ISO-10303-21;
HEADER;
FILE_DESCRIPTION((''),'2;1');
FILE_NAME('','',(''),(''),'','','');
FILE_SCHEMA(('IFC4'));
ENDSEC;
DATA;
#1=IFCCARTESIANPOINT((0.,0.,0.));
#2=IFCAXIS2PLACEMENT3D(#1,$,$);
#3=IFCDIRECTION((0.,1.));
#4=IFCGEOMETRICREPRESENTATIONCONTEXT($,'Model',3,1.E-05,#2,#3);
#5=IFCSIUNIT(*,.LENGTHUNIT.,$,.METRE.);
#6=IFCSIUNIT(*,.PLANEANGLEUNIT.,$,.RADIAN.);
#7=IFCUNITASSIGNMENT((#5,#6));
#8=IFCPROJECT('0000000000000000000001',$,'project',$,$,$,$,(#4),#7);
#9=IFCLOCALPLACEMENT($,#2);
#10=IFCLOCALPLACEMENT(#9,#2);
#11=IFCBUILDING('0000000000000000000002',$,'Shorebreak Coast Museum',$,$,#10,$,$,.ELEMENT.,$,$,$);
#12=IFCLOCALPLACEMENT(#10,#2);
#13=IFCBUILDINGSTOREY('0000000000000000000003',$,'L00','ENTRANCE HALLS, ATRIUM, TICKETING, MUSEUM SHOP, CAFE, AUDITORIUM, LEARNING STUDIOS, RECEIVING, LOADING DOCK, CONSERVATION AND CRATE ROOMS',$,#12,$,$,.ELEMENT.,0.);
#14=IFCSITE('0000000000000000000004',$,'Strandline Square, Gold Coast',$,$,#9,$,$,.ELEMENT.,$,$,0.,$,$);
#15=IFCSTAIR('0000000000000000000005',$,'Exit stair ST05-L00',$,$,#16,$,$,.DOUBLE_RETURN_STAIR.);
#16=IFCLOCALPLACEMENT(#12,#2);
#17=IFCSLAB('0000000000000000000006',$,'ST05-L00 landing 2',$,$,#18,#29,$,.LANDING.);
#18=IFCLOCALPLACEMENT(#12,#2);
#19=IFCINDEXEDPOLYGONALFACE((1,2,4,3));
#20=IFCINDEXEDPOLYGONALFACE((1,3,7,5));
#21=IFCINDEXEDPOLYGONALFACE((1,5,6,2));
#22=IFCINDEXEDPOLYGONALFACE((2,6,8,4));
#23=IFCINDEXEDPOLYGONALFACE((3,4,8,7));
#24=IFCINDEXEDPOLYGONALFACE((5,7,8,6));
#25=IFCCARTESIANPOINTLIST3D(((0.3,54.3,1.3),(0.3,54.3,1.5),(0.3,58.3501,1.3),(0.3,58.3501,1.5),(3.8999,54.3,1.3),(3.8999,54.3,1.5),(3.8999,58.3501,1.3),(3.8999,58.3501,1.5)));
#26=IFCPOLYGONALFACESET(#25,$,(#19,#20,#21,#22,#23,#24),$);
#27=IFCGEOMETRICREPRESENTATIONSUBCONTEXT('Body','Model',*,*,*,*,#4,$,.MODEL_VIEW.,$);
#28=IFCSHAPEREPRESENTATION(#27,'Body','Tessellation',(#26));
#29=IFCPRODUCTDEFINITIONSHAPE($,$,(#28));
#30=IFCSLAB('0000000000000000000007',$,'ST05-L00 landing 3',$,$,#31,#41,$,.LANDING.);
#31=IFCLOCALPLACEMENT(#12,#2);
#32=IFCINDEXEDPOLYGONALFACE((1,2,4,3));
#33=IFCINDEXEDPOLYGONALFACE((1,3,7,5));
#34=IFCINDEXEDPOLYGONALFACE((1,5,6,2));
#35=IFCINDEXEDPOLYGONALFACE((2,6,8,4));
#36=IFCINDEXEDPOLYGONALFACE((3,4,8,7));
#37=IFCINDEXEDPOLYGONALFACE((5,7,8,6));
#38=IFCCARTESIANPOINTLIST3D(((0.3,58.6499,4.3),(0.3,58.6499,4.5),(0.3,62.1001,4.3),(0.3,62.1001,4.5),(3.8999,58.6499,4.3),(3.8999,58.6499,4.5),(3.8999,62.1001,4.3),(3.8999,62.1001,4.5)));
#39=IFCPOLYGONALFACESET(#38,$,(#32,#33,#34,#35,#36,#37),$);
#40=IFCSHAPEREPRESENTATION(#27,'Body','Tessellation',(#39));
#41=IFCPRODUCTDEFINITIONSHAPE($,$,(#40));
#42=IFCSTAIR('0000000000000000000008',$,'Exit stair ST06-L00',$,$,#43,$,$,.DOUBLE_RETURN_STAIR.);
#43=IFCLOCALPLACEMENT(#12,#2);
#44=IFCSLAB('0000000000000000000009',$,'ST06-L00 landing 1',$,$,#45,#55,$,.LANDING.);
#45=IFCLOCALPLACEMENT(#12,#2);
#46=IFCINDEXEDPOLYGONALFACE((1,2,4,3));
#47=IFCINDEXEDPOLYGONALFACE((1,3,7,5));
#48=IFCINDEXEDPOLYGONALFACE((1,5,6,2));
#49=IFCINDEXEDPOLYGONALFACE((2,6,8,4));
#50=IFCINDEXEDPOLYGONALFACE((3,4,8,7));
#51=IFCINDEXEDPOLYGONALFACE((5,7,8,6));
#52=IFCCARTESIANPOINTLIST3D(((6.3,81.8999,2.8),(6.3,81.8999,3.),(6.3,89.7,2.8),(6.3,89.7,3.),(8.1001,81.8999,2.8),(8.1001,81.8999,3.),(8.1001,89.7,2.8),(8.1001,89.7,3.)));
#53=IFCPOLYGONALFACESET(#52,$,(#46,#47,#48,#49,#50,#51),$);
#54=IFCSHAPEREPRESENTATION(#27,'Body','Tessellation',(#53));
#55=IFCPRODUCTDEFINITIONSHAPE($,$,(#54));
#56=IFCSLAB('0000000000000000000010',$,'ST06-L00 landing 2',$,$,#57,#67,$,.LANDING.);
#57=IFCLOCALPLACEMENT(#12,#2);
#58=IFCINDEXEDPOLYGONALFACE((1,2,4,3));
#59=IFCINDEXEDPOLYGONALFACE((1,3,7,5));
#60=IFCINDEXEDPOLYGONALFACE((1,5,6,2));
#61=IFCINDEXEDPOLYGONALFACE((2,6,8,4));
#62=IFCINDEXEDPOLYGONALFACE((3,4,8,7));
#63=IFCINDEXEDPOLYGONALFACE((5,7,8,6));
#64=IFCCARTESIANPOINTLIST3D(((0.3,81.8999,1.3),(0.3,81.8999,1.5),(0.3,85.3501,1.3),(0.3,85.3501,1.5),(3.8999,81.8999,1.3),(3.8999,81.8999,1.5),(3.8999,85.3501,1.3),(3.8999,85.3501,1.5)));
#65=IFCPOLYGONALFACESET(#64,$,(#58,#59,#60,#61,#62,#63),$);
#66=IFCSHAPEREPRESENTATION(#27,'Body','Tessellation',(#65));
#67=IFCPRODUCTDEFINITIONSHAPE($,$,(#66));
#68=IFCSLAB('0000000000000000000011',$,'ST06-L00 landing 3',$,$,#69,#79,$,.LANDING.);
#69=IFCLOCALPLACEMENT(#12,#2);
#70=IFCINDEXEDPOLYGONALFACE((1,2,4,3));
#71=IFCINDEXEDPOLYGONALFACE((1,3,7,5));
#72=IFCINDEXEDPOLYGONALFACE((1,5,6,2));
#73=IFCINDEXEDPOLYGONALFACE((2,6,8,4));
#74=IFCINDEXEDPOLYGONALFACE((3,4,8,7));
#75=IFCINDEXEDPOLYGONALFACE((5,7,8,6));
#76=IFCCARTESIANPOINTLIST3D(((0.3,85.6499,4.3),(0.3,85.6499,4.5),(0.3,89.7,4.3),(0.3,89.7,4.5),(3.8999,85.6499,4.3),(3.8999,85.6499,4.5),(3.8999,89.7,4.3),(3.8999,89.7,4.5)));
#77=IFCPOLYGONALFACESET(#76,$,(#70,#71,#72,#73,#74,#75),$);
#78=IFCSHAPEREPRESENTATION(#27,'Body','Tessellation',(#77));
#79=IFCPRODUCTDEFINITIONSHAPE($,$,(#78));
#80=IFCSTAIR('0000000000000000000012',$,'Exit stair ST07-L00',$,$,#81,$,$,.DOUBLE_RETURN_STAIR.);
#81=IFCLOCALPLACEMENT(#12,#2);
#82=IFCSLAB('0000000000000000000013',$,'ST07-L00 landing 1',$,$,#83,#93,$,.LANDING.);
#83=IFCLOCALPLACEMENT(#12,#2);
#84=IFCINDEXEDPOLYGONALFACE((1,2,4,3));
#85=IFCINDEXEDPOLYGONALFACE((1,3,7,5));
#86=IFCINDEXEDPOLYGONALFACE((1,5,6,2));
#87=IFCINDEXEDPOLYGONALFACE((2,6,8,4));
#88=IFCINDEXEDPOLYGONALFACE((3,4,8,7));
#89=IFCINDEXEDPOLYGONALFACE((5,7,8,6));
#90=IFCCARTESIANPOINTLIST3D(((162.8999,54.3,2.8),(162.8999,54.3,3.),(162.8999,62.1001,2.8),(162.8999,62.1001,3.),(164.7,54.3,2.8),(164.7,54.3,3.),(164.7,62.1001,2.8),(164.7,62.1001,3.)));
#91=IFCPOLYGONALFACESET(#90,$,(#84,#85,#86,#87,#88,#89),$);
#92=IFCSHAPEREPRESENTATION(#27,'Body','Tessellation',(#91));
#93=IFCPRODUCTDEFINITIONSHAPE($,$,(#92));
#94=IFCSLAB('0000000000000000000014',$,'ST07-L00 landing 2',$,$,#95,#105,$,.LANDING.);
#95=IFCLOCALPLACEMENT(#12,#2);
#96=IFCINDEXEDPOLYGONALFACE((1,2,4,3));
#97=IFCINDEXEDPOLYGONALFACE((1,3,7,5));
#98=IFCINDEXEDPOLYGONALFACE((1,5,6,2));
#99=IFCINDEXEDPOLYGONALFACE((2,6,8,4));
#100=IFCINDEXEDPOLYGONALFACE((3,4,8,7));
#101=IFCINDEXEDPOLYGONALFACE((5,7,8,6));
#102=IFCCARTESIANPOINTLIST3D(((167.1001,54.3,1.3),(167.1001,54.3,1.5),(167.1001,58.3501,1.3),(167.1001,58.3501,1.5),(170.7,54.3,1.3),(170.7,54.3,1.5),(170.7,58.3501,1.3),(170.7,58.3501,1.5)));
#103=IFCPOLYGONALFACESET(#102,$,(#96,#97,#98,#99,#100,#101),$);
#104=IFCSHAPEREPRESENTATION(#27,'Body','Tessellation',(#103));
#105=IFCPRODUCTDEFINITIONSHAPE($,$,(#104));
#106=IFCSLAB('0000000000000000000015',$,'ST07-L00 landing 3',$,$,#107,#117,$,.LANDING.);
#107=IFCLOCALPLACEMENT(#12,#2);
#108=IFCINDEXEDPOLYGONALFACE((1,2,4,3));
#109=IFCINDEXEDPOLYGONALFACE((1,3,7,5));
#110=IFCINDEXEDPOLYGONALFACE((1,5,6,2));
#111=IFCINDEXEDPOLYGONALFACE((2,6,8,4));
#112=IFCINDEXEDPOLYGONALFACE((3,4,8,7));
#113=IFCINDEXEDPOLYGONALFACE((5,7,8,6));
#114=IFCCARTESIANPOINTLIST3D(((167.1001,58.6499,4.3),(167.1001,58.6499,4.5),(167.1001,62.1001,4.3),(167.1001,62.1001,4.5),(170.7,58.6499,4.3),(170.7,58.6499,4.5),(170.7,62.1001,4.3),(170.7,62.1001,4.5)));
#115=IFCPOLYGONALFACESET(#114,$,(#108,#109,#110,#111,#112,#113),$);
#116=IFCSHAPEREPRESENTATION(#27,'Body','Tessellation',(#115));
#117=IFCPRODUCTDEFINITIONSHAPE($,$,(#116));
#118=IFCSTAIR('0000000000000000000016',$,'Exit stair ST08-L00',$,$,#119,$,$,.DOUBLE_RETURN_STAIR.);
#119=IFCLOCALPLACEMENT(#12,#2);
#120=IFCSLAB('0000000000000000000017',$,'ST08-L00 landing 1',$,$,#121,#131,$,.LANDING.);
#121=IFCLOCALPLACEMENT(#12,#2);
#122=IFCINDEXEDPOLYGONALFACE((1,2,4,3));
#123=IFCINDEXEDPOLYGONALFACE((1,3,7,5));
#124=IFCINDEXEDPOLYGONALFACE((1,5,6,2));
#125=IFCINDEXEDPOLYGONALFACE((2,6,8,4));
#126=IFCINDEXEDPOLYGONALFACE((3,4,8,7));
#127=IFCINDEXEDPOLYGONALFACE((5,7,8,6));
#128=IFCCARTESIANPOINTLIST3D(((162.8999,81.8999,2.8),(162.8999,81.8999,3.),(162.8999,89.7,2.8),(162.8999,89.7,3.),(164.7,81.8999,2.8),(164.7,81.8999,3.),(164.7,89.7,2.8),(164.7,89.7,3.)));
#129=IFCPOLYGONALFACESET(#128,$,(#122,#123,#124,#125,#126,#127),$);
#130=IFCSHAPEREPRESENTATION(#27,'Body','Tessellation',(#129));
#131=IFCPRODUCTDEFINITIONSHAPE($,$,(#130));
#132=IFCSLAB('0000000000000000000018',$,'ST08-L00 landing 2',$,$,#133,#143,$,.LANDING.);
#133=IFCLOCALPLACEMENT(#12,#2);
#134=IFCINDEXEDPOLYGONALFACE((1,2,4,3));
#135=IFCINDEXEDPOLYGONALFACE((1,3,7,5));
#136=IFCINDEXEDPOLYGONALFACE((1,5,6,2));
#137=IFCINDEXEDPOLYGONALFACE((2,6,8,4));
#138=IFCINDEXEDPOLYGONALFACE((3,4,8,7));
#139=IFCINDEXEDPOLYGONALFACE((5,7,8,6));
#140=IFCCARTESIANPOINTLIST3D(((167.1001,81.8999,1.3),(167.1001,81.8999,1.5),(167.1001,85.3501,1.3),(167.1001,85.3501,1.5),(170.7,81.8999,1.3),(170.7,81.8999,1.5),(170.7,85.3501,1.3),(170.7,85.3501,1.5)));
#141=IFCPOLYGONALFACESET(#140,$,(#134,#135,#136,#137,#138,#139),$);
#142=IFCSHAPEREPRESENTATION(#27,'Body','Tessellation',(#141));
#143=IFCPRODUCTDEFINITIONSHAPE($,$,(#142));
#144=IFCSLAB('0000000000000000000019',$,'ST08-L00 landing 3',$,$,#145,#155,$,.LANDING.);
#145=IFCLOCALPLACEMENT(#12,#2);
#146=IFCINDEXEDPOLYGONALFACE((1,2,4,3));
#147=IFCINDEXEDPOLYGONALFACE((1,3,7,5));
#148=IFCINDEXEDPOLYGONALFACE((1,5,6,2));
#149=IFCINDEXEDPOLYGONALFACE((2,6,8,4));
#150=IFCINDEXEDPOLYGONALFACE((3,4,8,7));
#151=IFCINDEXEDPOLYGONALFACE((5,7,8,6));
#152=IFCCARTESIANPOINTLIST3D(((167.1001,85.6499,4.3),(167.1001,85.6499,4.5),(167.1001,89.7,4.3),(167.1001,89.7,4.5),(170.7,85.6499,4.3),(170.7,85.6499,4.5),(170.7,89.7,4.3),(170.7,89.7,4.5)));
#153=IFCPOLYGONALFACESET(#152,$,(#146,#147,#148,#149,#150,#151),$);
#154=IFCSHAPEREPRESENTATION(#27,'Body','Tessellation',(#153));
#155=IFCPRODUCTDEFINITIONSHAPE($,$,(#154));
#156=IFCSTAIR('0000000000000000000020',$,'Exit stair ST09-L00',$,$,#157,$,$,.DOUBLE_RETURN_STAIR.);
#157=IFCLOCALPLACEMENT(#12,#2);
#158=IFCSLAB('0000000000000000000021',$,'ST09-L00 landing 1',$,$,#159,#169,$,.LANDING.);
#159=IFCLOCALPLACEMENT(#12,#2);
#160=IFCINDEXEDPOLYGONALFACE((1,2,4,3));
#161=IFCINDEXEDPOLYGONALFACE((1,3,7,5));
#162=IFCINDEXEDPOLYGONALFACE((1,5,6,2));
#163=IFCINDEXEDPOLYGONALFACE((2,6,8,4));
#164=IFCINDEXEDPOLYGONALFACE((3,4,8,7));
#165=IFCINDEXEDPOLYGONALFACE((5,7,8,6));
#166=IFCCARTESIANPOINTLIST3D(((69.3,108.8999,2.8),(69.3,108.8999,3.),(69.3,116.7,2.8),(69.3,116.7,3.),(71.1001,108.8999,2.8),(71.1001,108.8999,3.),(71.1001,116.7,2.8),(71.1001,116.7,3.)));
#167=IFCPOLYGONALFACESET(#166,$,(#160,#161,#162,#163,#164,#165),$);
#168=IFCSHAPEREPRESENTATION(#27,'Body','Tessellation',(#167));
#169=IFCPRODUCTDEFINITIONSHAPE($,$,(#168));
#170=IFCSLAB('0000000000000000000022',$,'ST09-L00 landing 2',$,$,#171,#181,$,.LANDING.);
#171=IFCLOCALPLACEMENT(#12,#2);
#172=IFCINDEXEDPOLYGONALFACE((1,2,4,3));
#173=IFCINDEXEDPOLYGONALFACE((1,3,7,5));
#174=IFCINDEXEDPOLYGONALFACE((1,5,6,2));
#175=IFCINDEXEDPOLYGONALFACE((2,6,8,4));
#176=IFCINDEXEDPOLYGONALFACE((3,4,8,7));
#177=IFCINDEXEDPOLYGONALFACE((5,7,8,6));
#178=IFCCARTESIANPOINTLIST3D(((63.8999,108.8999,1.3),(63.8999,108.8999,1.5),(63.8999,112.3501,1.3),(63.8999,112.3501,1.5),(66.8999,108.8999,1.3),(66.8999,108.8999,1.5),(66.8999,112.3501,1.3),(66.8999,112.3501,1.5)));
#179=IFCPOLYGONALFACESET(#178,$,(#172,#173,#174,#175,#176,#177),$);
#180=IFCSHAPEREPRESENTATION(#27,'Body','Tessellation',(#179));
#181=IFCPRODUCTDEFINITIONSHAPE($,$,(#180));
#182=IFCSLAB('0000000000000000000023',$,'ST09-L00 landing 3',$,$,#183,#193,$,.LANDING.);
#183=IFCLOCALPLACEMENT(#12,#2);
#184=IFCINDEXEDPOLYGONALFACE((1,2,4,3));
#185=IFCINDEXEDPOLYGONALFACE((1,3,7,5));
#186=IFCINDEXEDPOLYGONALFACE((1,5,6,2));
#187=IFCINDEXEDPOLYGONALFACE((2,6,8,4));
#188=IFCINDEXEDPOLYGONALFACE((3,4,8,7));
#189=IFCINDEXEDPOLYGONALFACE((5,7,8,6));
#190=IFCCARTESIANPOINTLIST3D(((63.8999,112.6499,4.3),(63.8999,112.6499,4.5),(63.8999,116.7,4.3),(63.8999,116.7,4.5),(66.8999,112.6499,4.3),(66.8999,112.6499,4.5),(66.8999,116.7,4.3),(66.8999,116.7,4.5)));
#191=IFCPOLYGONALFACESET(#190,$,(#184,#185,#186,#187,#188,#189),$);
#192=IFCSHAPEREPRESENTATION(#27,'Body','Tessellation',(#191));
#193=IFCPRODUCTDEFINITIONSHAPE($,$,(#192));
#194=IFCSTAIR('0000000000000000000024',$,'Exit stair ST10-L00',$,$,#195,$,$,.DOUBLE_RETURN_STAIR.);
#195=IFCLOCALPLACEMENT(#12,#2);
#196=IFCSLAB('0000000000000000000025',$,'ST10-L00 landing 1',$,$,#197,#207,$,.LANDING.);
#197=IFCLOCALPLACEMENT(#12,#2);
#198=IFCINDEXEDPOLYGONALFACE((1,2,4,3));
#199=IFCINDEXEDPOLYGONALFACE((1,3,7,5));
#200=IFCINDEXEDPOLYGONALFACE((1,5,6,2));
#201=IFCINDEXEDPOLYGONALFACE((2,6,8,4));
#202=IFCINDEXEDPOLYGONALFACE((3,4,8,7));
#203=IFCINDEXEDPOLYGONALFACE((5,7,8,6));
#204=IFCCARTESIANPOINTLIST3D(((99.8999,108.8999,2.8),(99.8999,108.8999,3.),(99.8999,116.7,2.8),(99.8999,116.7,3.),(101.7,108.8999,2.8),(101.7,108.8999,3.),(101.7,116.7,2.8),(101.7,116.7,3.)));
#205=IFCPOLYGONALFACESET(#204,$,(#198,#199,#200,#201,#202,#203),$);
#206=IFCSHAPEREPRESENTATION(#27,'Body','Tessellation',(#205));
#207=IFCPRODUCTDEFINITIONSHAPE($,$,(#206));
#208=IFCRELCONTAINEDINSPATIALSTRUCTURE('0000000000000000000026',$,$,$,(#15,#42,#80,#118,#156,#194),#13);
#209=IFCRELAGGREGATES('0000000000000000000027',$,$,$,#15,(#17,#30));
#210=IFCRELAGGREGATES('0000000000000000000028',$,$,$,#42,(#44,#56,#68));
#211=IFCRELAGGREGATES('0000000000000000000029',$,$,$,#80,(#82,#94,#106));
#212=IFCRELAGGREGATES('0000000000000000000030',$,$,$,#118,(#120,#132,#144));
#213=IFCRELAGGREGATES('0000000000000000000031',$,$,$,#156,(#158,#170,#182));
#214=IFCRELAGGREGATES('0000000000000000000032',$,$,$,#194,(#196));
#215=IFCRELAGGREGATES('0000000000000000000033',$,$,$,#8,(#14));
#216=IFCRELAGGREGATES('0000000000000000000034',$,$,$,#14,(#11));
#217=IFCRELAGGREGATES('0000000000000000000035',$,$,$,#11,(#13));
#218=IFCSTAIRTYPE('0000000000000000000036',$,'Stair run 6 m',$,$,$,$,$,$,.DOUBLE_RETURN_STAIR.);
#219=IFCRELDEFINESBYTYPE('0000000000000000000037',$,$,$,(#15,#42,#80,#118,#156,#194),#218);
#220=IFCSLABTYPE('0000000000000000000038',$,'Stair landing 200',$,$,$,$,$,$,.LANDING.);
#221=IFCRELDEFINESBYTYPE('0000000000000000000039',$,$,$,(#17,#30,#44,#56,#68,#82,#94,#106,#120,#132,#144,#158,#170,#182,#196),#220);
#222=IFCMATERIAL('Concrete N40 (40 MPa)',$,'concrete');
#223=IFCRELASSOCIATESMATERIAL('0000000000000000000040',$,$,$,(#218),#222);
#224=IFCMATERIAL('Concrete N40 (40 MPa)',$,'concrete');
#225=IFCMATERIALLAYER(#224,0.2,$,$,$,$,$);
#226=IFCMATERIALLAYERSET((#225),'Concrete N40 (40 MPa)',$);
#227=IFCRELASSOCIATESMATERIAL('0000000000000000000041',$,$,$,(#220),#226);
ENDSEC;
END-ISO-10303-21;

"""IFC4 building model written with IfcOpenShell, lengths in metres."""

from ifc_helpers import new_model, si_unit, direction, frame, origin, place, context, subcontext, project, spatial, polyline, outline, extrude, material, layer, layer_set, type_object, element, aggregate, save


model = new_model("IFC4")

# Units and contexts
model_context = context("Model", 3, precision=1e-05, world=origin(), true_north=direction((0.0, 1.0)))
body_context = subcontext(model_context, "Body", "Model", "MODEL_VIEW")
ifc_project = project(units=[si_unit("LENGTHUNIT", "METRE"), si_unit("PLANEANGLEUNIT", "RADIAN")], contexts=[model_context])

# Site, building, storey
site_placement = place(None, origin())
site = spatial("IfcSite", under=ifc_project, at=site_placement, Name="Strandline Square, Gold Coast", CompositionType="ELEMENT", RefElevation=0.0)
building_placement = place(site_placement, origin())
building = spatial("IfcBuilding", under=site, at=building_placement, Name="Shorebreak Coast Museum", CompositionType="ELEMENT")
storey_placement = place(building_placement, origin())
storey = spatial("IfcBuildingStorey", under=building, at=storey_placement, Name="L00", Description="ENTRANCE HALLS, ATRIUM, TICKETING, MUSEUM SHOP, CAFE, AUDITORIUM, LEARNING STUDIOS, RECEIVING, LOADING DOCK, CONSERVATION AND CRATE ROOMS", CompositionType="ELEMENT", Elevation=0.0)

# Stairs, slabs
ifc_material_1 = material(Name="Concrete N40 (40 MPa)", Category="concrete")
stair_type = type_object("IfcStairType", Name="Stair run 6 m", PredefinedType="DOUBLE_RETURN_STAIR", material=ifc_material_1)
stair_1_placement = place(storey_placement, origin())
stair_1 = element("IfcStair", 1, at=stair_1_placement, inside=storey, type_object=stair_type, Name="Exit stair ST05-L00", PredefinedType="DOUBLE_RETURN_STAIR")
ifc_material_2 = material(Name="Concrete N40 (40 MPa)", Category="concrete")
ifc_layer = layer(ifc_material_2, 0.2)
ifc_layer_set = layer_set([ifc_layer], Name="Concrete N40 (40 MPa)")
slab_type = type_object("IfcSlabType", Name="Stair landing 200", PredefinedType="LANDING", material=ifc_layer_set)
slab_1_placement = place(storey_placement, frame((0.0, 0.0, 1.3)))
slab_1 = element("IfcSlab", 2, at=slab_1_placement, type_object=slab_type, Name="ST05-L00 landing 2", PredefinedType="LANDING", context=body_context, shape_type="SweptSolid", body=[
    extrude(outline(polyline([(0.3, 54.3), (3.8999, 54.3), (3.8999, 58.3501), (0.3, 58.3501), (0.3, 54.3)])), origin(), (0.0, 0.0, 1.0), 0.2),
])
slab_2_placement = place(storey_placement, frame((0.0, 0.0, 4.3)))
slab_2 = element("IfcSlab", 3, at=slab_2_placement, type_object=slab_type, Name="ST05-L00 landing 3", PredefinedType="LANDING", context=body_context, shape_type="SweptSolid", body=[
    extrude(outline(polyline([(0.3, 58.6499), (3.8999, 58.6499), (3.8999, 62.1001), (0.3, 62.1001), (0.3, 58.6499)])), origin(), (0.0, 0.0, 1.0), 0.2),
])
aggregate(stair_1, [slab_1, slab_2])
stair_2_placement = place(storey_placement, origin())
stair_2 = element("IfcStair", 4, at=stair_2_placement, inside=storey, type_object=stair_type, Name="Exit stair ST06-L00", PredefinedType="DOUBLE_RETURN_STAIR")
slab_3_placement = place(storey_placement, frame((0.0, 0.0, 2.8)))
slab_3 = element("IfcSlab", 5, at=slab_3_placement, type_object=slab_type, Name="ST06-L00 landing 1", PredefinedType="LANDING", context=body_context, shape_type="SweptSolid", body=[
    extrude(outline(polyline([(6.3, 81.8999), (8.1001, 81.8999), (8.1001, 89.7), (6.3, 89.7), (6.3, 81.8999)])), origin(), (0.0, 0.0, 1.0), 0.2),
])
slab_4_placement = place(storey_placement, frame((0.0, 0.0, 1.3)))
slab_4 = element("IfcSlab", 6, at=slab_4_placement, type_object=slab_type, Name="ST06-L00 landing 2", PredefinedType="LANDING", context=body_context, shape_type="SweptSolid", body=[
    extrude(outline(polyline([(0.3, 81.8999), (3.8999, 81.8999), (3.8999, 85.3501), (0.3, 85.3501), (0.3, 81.8999)])), origin(), (0.0, 0.0, 1.0), 0.2),
])
slab_5_placement = place(storey_placement, frame((0.0, 0.0, 4.3)))
slab_5 = element("IfcSlab", 7, at=slab_5_placement, type_object=slab_type, Name="ST06-L00 landing 3", PredefinedType="LANDING", context=body_context, shape_type="SweptSolid", body=[
    extrude(outline(polyline([(0.3, 85.6499), (3.8999, 85.6499), (3.8999, 89.7), (0.3, 89.7), (0.3, 85.6499)])), origin(), (0.0, 0.0, 1.0), 0.2),
])
aggregate(stair_2, [slab_3, slab_4, slab_5])
stair_3_placement = place(storey_placement, origin())
stair_3 = element("IfcStair", 8, at=stair_3_placement, inside=storey, type_object=stair_type, Name="Exit stair ST07-L00", PredefinedType="DOUBLE_RETURN_STAIR")
slab_6_placement = place(storey_placement, frame((0.0, 0.0, 2.8)))
slab_6 = element("IfcSlab", 9, at=slab_6_placement, type_object=slab_type, Name="ST07-L00 landing 1", PredefinedType="LANDING", context=body_context, shape_type="SweptSolid", body=[
    extrude(outline(polyline([(162.8999, 54.3), (164.7, 54.3), (164.7, 62.1001), (162.8999, 62.1001), (162.8999, 54.3)])), origin(), (0.0, 0.0, 1.0), 0.2),
])
slab_7_placement = place(storey_placement, frame((0.0, 0.0, 1.3)))
slab_7 = element("IfcSlab", 10, at=slab_7_placement, type_object=slab_type, Name="ST07-L00 landing 2", PredefinedType="LANDING", context=body_context, shape_type="SweptSolid", body=[
    extrude(outline(polyline([(167.1001, 54.3), (170.7, 54.3), (170.7, 58.3501), (167.1001, 58.3501), (167.1001, 54.3)])), origin(), (0.0, 0.0, 1.0), 0.2),
])
slab_8_placement = place(storey_placement, frame((0.0, 0.0, 4.3)))
slab_8 = element("IfcSlab", 11, at=slab_8_placement, type_object=slab_type, Name="ST07-L00 landing 3", PredefinedType="LANDING", context=body_context, shape_type="SweptSolid", body=[
    extrude(outline(polyline([(167.1001, 58.6499), (170.7, 58.6499), (170.7, 62.1001), (167.1001, 62.1001), (167.1001, 58.6499)])), origin(), (0.0, 0.0, 1.0), 0.2),
])
aggregate(stair_3, [slab_6, slab_7, slab_8])
stair_4_placement = place(storey_placement, origin())
stair_4 = element("IfcStair", 12, at=stair_4_placement, inside=storey, type_object=stair_type, Name="Exit stair ST08-L00", PredefinedType="DOUBLE_RETURN_STAIR")
slab_9_placement = place(storey_placement, frame((0.0, 0.0, 2.8)))
slab_9 = element("IfcSlab", 13, at=slab_9_placement, type_object=slab_type, Name="ST08-L00 landing 1", PredefinedType="LANDING", context=body_context, shape_type="SweptSolid", body=[
    extrude(outline(polyline([(162.8999, 81.8999), (164.7, 81.8999), (164.7, 89.7), (162.8999, 89.7), (162.8999, 81.8999)])), origin(), (0.0, 0.0, 1.0), 0.2),
])
slab_10_placement = place(storey_placement, frame((0.0, 0.0, 1.3)))
slab_10 = element("IfcSlab", 14, at=slab_10_placement, type_object=slab_type, Name="ST08-L00 landing 2", PredefinedType="LANDING", context=body_context, shape_type="SweptSolid", body=[
    extrude(outline(polyline([(167.1001, 81.8999), (170.7, 81.8999), (170.7, 85.3501), (167.1001, 85.3501), (167.1001, 81.8999)])), origin(), (0.0, 0.0, 1.0), 0.2),
])
slab_11_placement = place(storey_placement, frame((0.0, 0.0, 4.3)))
slab_11 = element("IfcSlab", 15, at=slab_11_placement, type_object=slab_type, Name="ST08-L00 landing 3", PredefinedType="LANDING", context=body_context, shape_type="SweptSolid", body=[
    extrude(outline(polyline([(167.1001, 85.6499), (170.7, 85.6499), (170.7, 89.7), (167.1001, 89.7), (167.1001, 85.6499)])), origin(), (0.0, 0.0, 1.0), 0.2),
])
aggregate(stair_4, [slab_9, slab_10, slab_11])
stair_5_placement = place(storey_placement, origin())
stair_5 = element("IfcStair", 16, at=stair_5_placement, inside=storey, type_object=stair_type, Name="Exit stair ST09-L00", PredefinedType="DOUBLE_RETURN_STAIR")
slab_12_placement = place(storey_placement, frame((0.0, 0.0, 2.8)))
slab_12 = element("IfcSlab", 17, at=slab_12_placement, type_object=slab_type, Name="ST09-L00 landing 1", PredefinedType="LANDING", context=body_context, shape_type="SweptSolid", body=[
    extrude(outline(polyline([(69.3, 108.8999), (71.1001, 108.8999), (71.1001, 116.7), (69.3, 116.7), (69.3, 108.8999)])), origin(), (0.0, 0.0, 1.0), 0.2),
])
slab_13_placement = place(storey_placement, frame((0.0, 0.0, 1.3)))
slab_13 = element("IfcSlab", 18, at=slab_13_placement, type_object=slab_type, Name="ST09-L00 landing 2", PredefinedType="LANDING", context=body_context, shape_type="SweptSolid", body=[
    extrude(outline(polyline([(63.8999, 108.8999), (66.8999, 108.8999), (66.8999, 112.3501), (63.8999, 112.3501), (63.8999, 108.8999)])), origin(), (0.0, 0.0, 1.0), 0.2),
])
slab_14_placement = place(storey_placement, frame((0.0, 0.0, 4.3)))
slab_14 = element("IfcSlab", 19, at=slab_14_placement, type_object=slab_type, Name="ST09-L00 landing 3", PredefinedType="LANDING", context=body_context, shape_type="SweptSolid", body=[
    extrude(outline(polyline([(63.8999, 112.6499), (66.8999, 112.6499), (66.8999, 116.7), (63.8999, 116.7), (63.8999, 112.6499)])), origin(), (0.0, 0.0, 1.0), 0.2),
])
aggregate(stair_5, [slab_12, slab_13, slab_14])
stair_6_placement = place(storey_placement, origin())
stair_6 = element("IfcStair", 20, at=stair_6_placement, inside=storey, type_object=stair_type, Name="Exit stair ST10-L00", PredefinedType="DOUBLE_RETURN_STAIR")
slab_15_placement = place(storey_placement, frame((0.0, 0.0, 2.8)))
slab_15 = element("IfcSlab", 21, at=slab_15_placement, type_object=slab_type, Name="ST10-L00 landing 1", PredefinedType="LANDING", context=body_context, shape_type="SweptSolid", body=[
    extrude(outline(polyline([(99.8999, 108.8999), (101.7, 108.8999), (101.7, 116.7), (99.8999, 116.7), (99.8999, 108.8999)])), origin(), (0.0, 0.0, 1.0), 0.2),
])
aggregate(stair_6, [slab_15])

save(model, "model.ifc")
